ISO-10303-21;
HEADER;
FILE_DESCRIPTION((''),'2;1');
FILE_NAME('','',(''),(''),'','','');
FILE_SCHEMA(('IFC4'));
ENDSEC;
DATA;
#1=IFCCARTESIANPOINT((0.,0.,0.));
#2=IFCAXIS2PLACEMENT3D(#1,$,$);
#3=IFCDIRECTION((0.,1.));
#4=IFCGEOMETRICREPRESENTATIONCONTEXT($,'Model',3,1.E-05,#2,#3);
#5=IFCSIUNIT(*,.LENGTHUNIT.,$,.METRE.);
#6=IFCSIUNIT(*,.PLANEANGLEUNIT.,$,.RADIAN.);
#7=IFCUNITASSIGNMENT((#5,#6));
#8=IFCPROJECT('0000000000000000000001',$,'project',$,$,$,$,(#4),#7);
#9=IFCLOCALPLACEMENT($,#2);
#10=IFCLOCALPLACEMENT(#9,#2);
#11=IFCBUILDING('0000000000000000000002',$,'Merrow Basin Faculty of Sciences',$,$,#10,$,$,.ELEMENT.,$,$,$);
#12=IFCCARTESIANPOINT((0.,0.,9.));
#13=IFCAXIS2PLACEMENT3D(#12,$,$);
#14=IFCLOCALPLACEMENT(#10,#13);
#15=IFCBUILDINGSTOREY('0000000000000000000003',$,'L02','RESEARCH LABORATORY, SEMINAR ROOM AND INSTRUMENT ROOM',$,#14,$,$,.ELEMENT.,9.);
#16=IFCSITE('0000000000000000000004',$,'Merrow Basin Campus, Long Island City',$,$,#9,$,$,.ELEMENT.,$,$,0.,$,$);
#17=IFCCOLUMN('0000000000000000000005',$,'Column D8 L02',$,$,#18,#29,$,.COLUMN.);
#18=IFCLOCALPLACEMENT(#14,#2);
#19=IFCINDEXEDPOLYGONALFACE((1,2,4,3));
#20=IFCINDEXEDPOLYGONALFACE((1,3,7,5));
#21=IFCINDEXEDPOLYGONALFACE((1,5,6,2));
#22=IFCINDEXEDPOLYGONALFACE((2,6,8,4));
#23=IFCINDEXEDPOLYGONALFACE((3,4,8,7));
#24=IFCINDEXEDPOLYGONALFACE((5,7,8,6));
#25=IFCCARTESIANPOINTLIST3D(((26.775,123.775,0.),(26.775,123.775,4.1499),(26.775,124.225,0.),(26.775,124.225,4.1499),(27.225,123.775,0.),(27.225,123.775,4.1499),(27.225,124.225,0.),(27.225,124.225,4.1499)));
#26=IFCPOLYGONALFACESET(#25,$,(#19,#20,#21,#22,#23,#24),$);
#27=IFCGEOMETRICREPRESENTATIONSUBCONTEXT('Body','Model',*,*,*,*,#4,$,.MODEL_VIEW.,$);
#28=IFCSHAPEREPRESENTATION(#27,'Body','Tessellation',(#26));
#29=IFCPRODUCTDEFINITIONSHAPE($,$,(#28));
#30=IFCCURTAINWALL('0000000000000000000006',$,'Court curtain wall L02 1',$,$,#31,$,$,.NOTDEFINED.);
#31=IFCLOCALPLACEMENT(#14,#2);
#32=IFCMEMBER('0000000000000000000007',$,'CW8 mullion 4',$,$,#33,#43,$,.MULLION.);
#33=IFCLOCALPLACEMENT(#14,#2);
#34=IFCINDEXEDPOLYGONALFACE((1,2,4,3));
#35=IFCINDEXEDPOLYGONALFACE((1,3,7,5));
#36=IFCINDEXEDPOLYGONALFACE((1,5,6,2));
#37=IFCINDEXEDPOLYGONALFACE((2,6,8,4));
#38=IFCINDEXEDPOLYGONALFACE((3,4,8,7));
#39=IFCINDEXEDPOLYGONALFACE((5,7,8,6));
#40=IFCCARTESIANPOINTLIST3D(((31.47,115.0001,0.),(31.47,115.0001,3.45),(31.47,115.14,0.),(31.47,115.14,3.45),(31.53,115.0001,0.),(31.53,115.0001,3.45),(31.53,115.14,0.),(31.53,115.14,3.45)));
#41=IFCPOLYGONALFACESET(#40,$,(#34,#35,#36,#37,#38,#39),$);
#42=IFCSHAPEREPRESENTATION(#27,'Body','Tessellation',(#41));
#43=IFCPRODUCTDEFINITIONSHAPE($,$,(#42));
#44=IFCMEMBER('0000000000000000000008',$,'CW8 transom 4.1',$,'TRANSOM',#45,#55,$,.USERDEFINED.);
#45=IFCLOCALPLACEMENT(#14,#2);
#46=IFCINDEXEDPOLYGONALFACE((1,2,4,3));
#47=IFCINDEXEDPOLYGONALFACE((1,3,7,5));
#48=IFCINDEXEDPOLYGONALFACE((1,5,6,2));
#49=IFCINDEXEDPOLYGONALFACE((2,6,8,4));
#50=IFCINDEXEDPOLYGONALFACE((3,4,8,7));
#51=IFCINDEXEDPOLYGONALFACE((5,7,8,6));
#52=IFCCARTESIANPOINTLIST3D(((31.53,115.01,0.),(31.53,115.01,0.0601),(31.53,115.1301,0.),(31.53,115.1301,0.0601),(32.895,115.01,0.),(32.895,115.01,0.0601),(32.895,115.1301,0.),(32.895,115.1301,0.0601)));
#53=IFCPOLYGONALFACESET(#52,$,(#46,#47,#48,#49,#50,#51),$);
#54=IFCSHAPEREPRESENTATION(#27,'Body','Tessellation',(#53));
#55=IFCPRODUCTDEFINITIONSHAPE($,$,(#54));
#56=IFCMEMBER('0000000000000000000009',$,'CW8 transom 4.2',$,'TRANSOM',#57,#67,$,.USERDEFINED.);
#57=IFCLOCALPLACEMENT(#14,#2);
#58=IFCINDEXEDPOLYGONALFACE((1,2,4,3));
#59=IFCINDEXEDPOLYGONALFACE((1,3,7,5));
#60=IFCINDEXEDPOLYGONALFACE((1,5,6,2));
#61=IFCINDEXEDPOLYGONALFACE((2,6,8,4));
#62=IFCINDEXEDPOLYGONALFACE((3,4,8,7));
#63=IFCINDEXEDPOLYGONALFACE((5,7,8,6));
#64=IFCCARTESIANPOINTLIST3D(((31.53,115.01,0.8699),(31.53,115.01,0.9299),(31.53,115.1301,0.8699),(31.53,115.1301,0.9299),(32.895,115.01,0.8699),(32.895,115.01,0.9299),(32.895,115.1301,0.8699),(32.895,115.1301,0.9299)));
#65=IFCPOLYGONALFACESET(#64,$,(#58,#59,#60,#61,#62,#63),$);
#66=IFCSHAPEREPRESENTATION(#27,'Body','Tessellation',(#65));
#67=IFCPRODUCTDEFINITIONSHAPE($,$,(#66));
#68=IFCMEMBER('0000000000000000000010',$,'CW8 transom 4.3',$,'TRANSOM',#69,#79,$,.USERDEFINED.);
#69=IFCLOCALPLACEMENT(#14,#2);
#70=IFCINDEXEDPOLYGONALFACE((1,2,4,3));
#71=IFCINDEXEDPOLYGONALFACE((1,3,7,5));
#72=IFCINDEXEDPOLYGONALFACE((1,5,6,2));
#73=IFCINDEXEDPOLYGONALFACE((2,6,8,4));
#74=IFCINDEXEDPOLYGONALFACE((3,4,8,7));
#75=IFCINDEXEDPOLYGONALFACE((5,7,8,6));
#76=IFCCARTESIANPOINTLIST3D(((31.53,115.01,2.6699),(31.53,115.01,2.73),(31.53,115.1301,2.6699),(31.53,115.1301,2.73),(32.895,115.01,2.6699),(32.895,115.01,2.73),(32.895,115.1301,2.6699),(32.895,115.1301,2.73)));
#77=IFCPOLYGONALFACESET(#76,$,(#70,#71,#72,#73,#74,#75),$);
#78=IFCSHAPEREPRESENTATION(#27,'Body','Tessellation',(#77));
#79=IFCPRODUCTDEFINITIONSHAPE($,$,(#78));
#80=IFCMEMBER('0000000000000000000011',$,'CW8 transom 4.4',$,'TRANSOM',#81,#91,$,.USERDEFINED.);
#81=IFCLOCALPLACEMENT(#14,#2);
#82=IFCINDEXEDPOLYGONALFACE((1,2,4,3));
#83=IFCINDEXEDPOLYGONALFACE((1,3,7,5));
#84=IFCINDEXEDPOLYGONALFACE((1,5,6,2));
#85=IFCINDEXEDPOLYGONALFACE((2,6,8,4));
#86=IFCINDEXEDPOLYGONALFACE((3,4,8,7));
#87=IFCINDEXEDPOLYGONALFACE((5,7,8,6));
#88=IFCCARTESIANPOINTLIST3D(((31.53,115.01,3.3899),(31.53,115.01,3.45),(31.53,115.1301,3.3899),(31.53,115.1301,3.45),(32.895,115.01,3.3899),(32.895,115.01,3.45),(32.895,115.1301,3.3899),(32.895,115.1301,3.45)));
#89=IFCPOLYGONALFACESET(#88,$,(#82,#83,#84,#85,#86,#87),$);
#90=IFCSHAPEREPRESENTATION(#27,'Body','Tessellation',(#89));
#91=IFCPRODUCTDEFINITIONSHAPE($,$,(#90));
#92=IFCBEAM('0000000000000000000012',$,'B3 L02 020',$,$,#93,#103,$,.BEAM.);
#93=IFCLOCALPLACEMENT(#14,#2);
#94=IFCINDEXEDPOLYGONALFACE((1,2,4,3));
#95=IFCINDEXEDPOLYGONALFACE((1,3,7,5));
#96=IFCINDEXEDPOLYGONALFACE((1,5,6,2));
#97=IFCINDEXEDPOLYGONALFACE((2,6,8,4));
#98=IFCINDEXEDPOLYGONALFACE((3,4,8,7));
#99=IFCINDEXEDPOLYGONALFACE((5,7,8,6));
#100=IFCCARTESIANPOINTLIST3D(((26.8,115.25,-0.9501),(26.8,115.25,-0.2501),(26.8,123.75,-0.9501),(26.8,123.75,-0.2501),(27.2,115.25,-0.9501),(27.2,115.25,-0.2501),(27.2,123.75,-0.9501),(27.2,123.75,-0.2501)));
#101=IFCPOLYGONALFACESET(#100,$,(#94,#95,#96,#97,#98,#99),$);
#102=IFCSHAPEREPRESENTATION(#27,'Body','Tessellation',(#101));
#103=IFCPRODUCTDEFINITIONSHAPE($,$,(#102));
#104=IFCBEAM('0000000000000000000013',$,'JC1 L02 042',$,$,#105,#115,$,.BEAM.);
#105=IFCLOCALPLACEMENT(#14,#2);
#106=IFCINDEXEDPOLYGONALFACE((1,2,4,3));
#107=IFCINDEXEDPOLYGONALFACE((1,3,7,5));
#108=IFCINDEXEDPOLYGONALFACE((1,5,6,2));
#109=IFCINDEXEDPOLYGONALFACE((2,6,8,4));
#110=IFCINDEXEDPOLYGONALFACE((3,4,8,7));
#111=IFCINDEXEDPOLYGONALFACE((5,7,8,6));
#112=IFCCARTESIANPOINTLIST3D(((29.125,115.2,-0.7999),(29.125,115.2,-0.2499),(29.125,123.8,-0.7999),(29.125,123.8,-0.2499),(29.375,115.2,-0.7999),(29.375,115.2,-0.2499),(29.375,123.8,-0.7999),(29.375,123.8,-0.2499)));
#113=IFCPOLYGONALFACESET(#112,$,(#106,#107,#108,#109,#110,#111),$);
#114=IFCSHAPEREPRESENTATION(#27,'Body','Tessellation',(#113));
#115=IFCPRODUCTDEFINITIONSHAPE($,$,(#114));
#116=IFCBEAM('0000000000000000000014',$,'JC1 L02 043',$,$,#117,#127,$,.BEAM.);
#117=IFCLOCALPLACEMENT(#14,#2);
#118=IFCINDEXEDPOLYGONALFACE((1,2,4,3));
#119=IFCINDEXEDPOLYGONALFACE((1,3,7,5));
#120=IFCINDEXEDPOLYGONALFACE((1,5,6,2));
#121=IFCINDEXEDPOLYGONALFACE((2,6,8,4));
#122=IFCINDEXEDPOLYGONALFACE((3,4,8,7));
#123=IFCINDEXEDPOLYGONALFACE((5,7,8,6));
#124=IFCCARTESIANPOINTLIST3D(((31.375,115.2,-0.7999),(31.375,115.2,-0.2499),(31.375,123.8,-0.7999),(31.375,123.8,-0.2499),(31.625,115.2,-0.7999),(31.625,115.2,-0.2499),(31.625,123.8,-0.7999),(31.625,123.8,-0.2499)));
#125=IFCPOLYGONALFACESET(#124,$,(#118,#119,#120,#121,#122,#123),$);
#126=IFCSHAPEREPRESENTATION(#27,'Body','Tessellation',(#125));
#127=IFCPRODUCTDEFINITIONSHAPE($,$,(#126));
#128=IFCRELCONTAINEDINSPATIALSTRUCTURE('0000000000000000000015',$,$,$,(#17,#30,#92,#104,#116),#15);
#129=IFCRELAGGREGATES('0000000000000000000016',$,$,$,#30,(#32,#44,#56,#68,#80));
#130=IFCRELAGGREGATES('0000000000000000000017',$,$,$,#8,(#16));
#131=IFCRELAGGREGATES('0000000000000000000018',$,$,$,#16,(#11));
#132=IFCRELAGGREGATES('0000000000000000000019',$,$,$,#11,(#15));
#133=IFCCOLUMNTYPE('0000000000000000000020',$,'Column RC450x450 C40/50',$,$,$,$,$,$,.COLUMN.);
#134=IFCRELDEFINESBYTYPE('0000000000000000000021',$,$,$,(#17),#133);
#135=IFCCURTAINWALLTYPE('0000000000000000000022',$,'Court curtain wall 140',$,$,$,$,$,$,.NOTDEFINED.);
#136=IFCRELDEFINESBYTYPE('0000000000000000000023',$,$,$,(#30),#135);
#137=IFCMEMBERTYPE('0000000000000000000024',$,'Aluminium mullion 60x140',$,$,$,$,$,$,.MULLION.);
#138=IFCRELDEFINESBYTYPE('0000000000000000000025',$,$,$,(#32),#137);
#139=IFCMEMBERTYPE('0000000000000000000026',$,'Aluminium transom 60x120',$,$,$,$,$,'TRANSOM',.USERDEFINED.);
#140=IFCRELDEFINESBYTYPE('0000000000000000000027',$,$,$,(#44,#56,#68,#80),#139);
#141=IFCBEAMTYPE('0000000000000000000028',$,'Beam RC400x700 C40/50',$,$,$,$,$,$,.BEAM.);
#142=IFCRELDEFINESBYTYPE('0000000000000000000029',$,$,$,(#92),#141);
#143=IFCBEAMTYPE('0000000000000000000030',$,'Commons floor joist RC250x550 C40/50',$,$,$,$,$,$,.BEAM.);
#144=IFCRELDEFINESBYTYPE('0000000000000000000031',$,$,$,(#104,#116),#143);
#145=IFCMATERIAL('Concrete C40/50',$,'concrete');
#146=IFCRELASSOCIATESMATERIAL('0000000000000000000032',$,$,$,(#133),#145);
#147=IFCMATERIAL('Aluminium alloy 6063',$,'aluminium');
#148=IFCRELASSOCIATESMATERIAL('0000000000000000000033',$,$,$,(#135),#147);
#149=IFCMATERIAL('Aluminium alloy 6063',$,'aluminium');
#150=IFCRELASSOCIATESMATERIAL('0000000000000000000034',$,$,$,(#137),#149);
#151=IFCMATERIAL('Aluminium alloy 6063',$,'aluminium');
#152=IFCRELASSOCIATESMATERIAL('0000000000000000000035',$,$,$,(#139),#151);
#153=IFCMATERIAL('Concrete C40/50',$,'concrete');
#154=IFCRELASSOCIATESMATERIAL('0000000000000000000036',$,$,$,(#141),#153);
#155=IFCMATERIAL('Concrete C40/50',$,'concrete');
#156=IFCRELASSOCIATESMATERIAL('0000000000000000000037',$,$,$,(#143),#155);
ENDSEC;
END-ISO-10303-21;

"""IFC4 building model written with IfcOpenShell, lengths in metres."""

from ifc_helpers import new_model, si_unit, direction, frame, origin, origin_2d, place, context, subcontext, project, spatial, rectangle, extrude, material, material_profile, profile_set, type_object, element, aggregate, save


model = new_model("IFC4")

# Units and contexts
model_context = context("Model", 3, precision=1e-05, world=origin(), true_north=direction((0.0, 1.0)))
body_context = subcontext(model_context, "Body", "Model", "MODEL_VIEW")
ifc_project = project(units=[si_unit("LENGTHUNIT", "METRE"), si_unit("PLANEANGLEUNIT", "RADIAN")], contexts=[model_context])

# Site, building, storey
site_placement = place(None, origin())
site = spatial("IfcSite", under=ifc_project, at=site_placement, Name="Merrow Basin Campus, Long Island City", CompositionType="ELEMENT", RefElevation=0.0)
building_placement = place(site_placement, origin())
building = spatial("IfcBuilding", under=site, at=building_placement, Name="Merrow Basin Faculty of Sciences", CompositionType="ELEMENT")
storey_placement = place(building_placement, frame((0.0, 0.0, 9.0)))
storey = spatial("IfcBuildingStorey", under=building, at=storey_placement, Name="L02", Description="RESEARCH LABORATORY, SEMINAR ROOM AND INSTRUMENT ROOM", CompositionType="ELEMENT", Elevation=9.0)

# Column
ifc_material_1 = material(Name="Concrete C40/50", Category="concrete")
ifc_material_profile_1 = material_profile(ifc_material_1, rectangle(XDim=0.45, YDim=0.45, at=origin_2d()))
ifc_profile_set_1 = profile_set([ifc_material_profile_1], Name="Concrete C40/50")
column_type = type_object("IfcColumnType", Name="Column RC450x450 C40/50", PredefinedType="COLUMN", material=ifc_profile_set_1)
column_placement = place(storey_placement, frame((27.0, 124.0, 0.0), z_axis=(0.0, 0.0, 1.0), x_axis=(1.0, 0.0, 0.0)))
element("IfcColumn", 1, at=column_placement, inside=storey, type_object=column_type, Name="Column D8 L02", PredefinedType="COLUMN", context=body_context, shape_type="SweptSolid", body=[
    extrude(rectangle(XDim=0.45, YDim=0.45, at=origin_2d()), origin(), (0.0, 0.0, 1.0), 4.1499),
])

# Curtain wall, members
ifc_material_2 = material(Name="Aluminium alloy 6063", Category="aluminium")
curtain_wall_type = type_object("IfcCurtainWallType", Name="Court curtain wall 140", PredefinedType="NOTDEFINED", material=ifc_material_2)
curtain_wall_placement = place(storey_placement, origin())
curtain_wall = element("IfcCurtainWall", 2, at=curtain_wall_placement, inside=storey, type_object=curtain_wall_type, Name="Court curtain wall L02 1", PredefinedType="NOTDEFINED")
ifc_material_3 = material(Name="Aluminium alloy 6063", Category="aluminium")
ifc_material_profile_2 = material_profile(ifc_material_3, rectangle(XDim=0.1399, YDim=0.0601, at=origin_2d()))
ifc_profile_set_2 = profile_set([ifc_material_profile_2], Name="Aluminium alloy 6063")
member_type_1 = type_object("IfcMemberType", Name="Aluminium mullion 60x140", PredefinedType="MULLION", material=ifc_profile_set_2)
member_1_placement = place(storey_placement, frame((31.5, 115.0701, 0.0), z_axis=(0.0, 0.0, 1.0), x_axis=(0.0, 1.0, 0.0)))
member_1 = element("IfcMember", 3, at=member_1_placement, type_object=member_type_1, Name="CW8 mullion 4", PredefinedType="MULLION", context=body_context, shape_type="SweptSolid", body=[
    extrude(rectangle(XDim=0.1399, YDim=0.0601, at=origin_2d()), origin(), (0.0, 0.0, 1.0), 3.45),
])
ifc_material_4 = material(Name="Aluminium alloy 6063", Category="aluminium")
ifc_material_profile_3 = material_profile(ifc_material_4, rectangle(XDim=0.1201, YDim=0.0601, at=origin_2d()))
ifc_profile_set_3 = profile_set([ifc_material_profile_3], Name="Aluminium alloy 6063")
member_type_2 = type_object("IfcMemberType", Name="Aluminium transom 60x120", ElementType="TRANSOM", PredefinedType="USERDEFINED", material=ifc_profile_set_3)
member_2_placement = place(storey_placement, frame((31.53, 115.0701, 0.03), z_axis=(1.0, 0.0, 0.0), x_axis=(0.0, 1.0, 0.0)))
member_2 = element("IfcMember", 4, at=member_2_placement, type_object=member_type_2, Name="CW8 transom 4.1", ObjectType="TRANSOM", PredefinedType="USERDEFINED", context=body_context, shape_type="SweptSolid", body=[
    extrude(rectangle(XDim=0.1201, YDim=0.0601, at=origin_2d()), origin(), (0.0, 0.0, 1.0), 1.365),
])
member_3_placement = place(storey_placement, frame((31.53, 115.0701, 0.8999), z_axis=(1.0, 0.0, 0.0), x_axis=(0.0, 1.0, 0.0)))
member_3 = element("IfcMember", 5, at=member_3_placement, type_object=member_type_2, Name="CW8 transom 4.2", ObjectType="TRANSOM", PredefinedType="USERDEFINED", context=body_context, shape_type="SweptSolid", body=[
    extrude(rectangle(XDim=0.1201, YDim=0.0601, at=origin_2d()), origin(), (0.0, 0.0, 1.0), 1.365),
])
member_4_placement = place(storey_placement, frame((31.53, 115.0701, 2.7), z_axis=(1.0, 0.0, 0.0), x_axis=(0.0, 1.0, 0.0)))
member_4 = element("IfcMember", 6, at=member_4_placement, type_object=member_type_2, Name="CW8 transom 4.3", ObjectType="TRANSOM", PredefinedType="USERDEFINED", context=body_context, shape_type="SweptSolid", body=[
    extrude(rectangle(XDim=0.1201, YDim=0.0601, at=origin_2d()), origin(), (0.0, 0.0, 1.0), 1.365),
])
member_5_placement = place(storey_placement, frame((31.53, 115.0701, 3.4199), z_axis=(1.0, 0.0, 0.0), x_axis=(0.0, 1.0, 0.0)))
member_5 = element("IfcMember", 7, at=member_5_placement, type_object=member_type_2, Name="CW8 transom 4.4", ObjectType="TRANSOM", PredefinedType="USERDEFINED", context=body_context, shape_type="SweptSolid", body=[
    extrude(rectangle(XDim=0.1201, YDim=0.0601, at=origin_2d()), origin(), (0.0, 0.0, 1.0), 1.365),
])
aggregate(curtain_wall, [member_1, member_2, member_3, member_4, member_5])

# Beams
ifc_material_5 = material(Name="Concrete C40/50", Category="concrete")
ifc_material_profile_4 = material_profile(ifc_material_5, rectangle(XDim=0.3999, YDim=0.7, at=origin_2d()))
ifc_profile_set_4 = profile_set([ifc_material_profile_4], Name="Concrete C40/50")
beam_type_1 = type_object("IfcBeamType", Name="Beam RC400x700 C40/50", PredefinedType="BEAM", material=ifc_profile_set_4)
beam_placement = place(storey_placement, frame((27.0, 115.25, -0.6001), z_axis=(0.0, 1.0, 0.0), x_axis=(-1.0, 0.0, 0.0)))
element("IfcBeam", 8, at=beam_placement, inside=storey, type_object=beam_type_1, Name="B3 L02 020", PredefinedType="BEAM", context=body_context, shape_type="SweptSolid", body=[
    extrude(rectangle(XDim=0.3999, YDim=0.7, at=origin_2d()), origin(), (0.0, 0.0, 1.0), 8.5),
])
ifc_material_6 = material(Name="Concrete C40/50", Category="concrete")
ifc_material_profile_5 = material_profile(ifc_material_6, rectangle(XDim=0.25, YDim=0.55, at=origin_2d()))
ifc_profile_set_5 = profile_set([ifc_material_profile_5], Name="Concrete C40/50")
beam_type_2 = type_object("IfcBeamType", Name="Commons floor joist RC250x550 C40/50", PredefinedType="BEAM", material=ifc_profile_set_5)
for number, where, z_axis, x_axis, name in (
    (9, (29.25, 115.2, -0.5249), (0.0, 1.0, 0.0), (-1.0, 0.0, 0.0), "JC1 L02 042"),
    (10, (31.5, 115.2, -0.5249), (0.0, 1.0, 0.0), (-1.0, 0.0, 0.0), "JC1 L02 043"),
):
    element("IfcBeam", number, at=place(storey_placement, frame(where, z_axis=z_axis, x_axis=x_axis)), inside=storey, type_object=beam_type_2, Name=name, PredefinedType="BEAM", context=body_context, shape_type="SweptSolid", body=[
        extrude(rectangle(XDim=0.25, YDim=0.55, at=origin_2d()), origin(), (0.0, 0.0, 1.0), 8.6001),
    ])

save(model, "model.ifc")
